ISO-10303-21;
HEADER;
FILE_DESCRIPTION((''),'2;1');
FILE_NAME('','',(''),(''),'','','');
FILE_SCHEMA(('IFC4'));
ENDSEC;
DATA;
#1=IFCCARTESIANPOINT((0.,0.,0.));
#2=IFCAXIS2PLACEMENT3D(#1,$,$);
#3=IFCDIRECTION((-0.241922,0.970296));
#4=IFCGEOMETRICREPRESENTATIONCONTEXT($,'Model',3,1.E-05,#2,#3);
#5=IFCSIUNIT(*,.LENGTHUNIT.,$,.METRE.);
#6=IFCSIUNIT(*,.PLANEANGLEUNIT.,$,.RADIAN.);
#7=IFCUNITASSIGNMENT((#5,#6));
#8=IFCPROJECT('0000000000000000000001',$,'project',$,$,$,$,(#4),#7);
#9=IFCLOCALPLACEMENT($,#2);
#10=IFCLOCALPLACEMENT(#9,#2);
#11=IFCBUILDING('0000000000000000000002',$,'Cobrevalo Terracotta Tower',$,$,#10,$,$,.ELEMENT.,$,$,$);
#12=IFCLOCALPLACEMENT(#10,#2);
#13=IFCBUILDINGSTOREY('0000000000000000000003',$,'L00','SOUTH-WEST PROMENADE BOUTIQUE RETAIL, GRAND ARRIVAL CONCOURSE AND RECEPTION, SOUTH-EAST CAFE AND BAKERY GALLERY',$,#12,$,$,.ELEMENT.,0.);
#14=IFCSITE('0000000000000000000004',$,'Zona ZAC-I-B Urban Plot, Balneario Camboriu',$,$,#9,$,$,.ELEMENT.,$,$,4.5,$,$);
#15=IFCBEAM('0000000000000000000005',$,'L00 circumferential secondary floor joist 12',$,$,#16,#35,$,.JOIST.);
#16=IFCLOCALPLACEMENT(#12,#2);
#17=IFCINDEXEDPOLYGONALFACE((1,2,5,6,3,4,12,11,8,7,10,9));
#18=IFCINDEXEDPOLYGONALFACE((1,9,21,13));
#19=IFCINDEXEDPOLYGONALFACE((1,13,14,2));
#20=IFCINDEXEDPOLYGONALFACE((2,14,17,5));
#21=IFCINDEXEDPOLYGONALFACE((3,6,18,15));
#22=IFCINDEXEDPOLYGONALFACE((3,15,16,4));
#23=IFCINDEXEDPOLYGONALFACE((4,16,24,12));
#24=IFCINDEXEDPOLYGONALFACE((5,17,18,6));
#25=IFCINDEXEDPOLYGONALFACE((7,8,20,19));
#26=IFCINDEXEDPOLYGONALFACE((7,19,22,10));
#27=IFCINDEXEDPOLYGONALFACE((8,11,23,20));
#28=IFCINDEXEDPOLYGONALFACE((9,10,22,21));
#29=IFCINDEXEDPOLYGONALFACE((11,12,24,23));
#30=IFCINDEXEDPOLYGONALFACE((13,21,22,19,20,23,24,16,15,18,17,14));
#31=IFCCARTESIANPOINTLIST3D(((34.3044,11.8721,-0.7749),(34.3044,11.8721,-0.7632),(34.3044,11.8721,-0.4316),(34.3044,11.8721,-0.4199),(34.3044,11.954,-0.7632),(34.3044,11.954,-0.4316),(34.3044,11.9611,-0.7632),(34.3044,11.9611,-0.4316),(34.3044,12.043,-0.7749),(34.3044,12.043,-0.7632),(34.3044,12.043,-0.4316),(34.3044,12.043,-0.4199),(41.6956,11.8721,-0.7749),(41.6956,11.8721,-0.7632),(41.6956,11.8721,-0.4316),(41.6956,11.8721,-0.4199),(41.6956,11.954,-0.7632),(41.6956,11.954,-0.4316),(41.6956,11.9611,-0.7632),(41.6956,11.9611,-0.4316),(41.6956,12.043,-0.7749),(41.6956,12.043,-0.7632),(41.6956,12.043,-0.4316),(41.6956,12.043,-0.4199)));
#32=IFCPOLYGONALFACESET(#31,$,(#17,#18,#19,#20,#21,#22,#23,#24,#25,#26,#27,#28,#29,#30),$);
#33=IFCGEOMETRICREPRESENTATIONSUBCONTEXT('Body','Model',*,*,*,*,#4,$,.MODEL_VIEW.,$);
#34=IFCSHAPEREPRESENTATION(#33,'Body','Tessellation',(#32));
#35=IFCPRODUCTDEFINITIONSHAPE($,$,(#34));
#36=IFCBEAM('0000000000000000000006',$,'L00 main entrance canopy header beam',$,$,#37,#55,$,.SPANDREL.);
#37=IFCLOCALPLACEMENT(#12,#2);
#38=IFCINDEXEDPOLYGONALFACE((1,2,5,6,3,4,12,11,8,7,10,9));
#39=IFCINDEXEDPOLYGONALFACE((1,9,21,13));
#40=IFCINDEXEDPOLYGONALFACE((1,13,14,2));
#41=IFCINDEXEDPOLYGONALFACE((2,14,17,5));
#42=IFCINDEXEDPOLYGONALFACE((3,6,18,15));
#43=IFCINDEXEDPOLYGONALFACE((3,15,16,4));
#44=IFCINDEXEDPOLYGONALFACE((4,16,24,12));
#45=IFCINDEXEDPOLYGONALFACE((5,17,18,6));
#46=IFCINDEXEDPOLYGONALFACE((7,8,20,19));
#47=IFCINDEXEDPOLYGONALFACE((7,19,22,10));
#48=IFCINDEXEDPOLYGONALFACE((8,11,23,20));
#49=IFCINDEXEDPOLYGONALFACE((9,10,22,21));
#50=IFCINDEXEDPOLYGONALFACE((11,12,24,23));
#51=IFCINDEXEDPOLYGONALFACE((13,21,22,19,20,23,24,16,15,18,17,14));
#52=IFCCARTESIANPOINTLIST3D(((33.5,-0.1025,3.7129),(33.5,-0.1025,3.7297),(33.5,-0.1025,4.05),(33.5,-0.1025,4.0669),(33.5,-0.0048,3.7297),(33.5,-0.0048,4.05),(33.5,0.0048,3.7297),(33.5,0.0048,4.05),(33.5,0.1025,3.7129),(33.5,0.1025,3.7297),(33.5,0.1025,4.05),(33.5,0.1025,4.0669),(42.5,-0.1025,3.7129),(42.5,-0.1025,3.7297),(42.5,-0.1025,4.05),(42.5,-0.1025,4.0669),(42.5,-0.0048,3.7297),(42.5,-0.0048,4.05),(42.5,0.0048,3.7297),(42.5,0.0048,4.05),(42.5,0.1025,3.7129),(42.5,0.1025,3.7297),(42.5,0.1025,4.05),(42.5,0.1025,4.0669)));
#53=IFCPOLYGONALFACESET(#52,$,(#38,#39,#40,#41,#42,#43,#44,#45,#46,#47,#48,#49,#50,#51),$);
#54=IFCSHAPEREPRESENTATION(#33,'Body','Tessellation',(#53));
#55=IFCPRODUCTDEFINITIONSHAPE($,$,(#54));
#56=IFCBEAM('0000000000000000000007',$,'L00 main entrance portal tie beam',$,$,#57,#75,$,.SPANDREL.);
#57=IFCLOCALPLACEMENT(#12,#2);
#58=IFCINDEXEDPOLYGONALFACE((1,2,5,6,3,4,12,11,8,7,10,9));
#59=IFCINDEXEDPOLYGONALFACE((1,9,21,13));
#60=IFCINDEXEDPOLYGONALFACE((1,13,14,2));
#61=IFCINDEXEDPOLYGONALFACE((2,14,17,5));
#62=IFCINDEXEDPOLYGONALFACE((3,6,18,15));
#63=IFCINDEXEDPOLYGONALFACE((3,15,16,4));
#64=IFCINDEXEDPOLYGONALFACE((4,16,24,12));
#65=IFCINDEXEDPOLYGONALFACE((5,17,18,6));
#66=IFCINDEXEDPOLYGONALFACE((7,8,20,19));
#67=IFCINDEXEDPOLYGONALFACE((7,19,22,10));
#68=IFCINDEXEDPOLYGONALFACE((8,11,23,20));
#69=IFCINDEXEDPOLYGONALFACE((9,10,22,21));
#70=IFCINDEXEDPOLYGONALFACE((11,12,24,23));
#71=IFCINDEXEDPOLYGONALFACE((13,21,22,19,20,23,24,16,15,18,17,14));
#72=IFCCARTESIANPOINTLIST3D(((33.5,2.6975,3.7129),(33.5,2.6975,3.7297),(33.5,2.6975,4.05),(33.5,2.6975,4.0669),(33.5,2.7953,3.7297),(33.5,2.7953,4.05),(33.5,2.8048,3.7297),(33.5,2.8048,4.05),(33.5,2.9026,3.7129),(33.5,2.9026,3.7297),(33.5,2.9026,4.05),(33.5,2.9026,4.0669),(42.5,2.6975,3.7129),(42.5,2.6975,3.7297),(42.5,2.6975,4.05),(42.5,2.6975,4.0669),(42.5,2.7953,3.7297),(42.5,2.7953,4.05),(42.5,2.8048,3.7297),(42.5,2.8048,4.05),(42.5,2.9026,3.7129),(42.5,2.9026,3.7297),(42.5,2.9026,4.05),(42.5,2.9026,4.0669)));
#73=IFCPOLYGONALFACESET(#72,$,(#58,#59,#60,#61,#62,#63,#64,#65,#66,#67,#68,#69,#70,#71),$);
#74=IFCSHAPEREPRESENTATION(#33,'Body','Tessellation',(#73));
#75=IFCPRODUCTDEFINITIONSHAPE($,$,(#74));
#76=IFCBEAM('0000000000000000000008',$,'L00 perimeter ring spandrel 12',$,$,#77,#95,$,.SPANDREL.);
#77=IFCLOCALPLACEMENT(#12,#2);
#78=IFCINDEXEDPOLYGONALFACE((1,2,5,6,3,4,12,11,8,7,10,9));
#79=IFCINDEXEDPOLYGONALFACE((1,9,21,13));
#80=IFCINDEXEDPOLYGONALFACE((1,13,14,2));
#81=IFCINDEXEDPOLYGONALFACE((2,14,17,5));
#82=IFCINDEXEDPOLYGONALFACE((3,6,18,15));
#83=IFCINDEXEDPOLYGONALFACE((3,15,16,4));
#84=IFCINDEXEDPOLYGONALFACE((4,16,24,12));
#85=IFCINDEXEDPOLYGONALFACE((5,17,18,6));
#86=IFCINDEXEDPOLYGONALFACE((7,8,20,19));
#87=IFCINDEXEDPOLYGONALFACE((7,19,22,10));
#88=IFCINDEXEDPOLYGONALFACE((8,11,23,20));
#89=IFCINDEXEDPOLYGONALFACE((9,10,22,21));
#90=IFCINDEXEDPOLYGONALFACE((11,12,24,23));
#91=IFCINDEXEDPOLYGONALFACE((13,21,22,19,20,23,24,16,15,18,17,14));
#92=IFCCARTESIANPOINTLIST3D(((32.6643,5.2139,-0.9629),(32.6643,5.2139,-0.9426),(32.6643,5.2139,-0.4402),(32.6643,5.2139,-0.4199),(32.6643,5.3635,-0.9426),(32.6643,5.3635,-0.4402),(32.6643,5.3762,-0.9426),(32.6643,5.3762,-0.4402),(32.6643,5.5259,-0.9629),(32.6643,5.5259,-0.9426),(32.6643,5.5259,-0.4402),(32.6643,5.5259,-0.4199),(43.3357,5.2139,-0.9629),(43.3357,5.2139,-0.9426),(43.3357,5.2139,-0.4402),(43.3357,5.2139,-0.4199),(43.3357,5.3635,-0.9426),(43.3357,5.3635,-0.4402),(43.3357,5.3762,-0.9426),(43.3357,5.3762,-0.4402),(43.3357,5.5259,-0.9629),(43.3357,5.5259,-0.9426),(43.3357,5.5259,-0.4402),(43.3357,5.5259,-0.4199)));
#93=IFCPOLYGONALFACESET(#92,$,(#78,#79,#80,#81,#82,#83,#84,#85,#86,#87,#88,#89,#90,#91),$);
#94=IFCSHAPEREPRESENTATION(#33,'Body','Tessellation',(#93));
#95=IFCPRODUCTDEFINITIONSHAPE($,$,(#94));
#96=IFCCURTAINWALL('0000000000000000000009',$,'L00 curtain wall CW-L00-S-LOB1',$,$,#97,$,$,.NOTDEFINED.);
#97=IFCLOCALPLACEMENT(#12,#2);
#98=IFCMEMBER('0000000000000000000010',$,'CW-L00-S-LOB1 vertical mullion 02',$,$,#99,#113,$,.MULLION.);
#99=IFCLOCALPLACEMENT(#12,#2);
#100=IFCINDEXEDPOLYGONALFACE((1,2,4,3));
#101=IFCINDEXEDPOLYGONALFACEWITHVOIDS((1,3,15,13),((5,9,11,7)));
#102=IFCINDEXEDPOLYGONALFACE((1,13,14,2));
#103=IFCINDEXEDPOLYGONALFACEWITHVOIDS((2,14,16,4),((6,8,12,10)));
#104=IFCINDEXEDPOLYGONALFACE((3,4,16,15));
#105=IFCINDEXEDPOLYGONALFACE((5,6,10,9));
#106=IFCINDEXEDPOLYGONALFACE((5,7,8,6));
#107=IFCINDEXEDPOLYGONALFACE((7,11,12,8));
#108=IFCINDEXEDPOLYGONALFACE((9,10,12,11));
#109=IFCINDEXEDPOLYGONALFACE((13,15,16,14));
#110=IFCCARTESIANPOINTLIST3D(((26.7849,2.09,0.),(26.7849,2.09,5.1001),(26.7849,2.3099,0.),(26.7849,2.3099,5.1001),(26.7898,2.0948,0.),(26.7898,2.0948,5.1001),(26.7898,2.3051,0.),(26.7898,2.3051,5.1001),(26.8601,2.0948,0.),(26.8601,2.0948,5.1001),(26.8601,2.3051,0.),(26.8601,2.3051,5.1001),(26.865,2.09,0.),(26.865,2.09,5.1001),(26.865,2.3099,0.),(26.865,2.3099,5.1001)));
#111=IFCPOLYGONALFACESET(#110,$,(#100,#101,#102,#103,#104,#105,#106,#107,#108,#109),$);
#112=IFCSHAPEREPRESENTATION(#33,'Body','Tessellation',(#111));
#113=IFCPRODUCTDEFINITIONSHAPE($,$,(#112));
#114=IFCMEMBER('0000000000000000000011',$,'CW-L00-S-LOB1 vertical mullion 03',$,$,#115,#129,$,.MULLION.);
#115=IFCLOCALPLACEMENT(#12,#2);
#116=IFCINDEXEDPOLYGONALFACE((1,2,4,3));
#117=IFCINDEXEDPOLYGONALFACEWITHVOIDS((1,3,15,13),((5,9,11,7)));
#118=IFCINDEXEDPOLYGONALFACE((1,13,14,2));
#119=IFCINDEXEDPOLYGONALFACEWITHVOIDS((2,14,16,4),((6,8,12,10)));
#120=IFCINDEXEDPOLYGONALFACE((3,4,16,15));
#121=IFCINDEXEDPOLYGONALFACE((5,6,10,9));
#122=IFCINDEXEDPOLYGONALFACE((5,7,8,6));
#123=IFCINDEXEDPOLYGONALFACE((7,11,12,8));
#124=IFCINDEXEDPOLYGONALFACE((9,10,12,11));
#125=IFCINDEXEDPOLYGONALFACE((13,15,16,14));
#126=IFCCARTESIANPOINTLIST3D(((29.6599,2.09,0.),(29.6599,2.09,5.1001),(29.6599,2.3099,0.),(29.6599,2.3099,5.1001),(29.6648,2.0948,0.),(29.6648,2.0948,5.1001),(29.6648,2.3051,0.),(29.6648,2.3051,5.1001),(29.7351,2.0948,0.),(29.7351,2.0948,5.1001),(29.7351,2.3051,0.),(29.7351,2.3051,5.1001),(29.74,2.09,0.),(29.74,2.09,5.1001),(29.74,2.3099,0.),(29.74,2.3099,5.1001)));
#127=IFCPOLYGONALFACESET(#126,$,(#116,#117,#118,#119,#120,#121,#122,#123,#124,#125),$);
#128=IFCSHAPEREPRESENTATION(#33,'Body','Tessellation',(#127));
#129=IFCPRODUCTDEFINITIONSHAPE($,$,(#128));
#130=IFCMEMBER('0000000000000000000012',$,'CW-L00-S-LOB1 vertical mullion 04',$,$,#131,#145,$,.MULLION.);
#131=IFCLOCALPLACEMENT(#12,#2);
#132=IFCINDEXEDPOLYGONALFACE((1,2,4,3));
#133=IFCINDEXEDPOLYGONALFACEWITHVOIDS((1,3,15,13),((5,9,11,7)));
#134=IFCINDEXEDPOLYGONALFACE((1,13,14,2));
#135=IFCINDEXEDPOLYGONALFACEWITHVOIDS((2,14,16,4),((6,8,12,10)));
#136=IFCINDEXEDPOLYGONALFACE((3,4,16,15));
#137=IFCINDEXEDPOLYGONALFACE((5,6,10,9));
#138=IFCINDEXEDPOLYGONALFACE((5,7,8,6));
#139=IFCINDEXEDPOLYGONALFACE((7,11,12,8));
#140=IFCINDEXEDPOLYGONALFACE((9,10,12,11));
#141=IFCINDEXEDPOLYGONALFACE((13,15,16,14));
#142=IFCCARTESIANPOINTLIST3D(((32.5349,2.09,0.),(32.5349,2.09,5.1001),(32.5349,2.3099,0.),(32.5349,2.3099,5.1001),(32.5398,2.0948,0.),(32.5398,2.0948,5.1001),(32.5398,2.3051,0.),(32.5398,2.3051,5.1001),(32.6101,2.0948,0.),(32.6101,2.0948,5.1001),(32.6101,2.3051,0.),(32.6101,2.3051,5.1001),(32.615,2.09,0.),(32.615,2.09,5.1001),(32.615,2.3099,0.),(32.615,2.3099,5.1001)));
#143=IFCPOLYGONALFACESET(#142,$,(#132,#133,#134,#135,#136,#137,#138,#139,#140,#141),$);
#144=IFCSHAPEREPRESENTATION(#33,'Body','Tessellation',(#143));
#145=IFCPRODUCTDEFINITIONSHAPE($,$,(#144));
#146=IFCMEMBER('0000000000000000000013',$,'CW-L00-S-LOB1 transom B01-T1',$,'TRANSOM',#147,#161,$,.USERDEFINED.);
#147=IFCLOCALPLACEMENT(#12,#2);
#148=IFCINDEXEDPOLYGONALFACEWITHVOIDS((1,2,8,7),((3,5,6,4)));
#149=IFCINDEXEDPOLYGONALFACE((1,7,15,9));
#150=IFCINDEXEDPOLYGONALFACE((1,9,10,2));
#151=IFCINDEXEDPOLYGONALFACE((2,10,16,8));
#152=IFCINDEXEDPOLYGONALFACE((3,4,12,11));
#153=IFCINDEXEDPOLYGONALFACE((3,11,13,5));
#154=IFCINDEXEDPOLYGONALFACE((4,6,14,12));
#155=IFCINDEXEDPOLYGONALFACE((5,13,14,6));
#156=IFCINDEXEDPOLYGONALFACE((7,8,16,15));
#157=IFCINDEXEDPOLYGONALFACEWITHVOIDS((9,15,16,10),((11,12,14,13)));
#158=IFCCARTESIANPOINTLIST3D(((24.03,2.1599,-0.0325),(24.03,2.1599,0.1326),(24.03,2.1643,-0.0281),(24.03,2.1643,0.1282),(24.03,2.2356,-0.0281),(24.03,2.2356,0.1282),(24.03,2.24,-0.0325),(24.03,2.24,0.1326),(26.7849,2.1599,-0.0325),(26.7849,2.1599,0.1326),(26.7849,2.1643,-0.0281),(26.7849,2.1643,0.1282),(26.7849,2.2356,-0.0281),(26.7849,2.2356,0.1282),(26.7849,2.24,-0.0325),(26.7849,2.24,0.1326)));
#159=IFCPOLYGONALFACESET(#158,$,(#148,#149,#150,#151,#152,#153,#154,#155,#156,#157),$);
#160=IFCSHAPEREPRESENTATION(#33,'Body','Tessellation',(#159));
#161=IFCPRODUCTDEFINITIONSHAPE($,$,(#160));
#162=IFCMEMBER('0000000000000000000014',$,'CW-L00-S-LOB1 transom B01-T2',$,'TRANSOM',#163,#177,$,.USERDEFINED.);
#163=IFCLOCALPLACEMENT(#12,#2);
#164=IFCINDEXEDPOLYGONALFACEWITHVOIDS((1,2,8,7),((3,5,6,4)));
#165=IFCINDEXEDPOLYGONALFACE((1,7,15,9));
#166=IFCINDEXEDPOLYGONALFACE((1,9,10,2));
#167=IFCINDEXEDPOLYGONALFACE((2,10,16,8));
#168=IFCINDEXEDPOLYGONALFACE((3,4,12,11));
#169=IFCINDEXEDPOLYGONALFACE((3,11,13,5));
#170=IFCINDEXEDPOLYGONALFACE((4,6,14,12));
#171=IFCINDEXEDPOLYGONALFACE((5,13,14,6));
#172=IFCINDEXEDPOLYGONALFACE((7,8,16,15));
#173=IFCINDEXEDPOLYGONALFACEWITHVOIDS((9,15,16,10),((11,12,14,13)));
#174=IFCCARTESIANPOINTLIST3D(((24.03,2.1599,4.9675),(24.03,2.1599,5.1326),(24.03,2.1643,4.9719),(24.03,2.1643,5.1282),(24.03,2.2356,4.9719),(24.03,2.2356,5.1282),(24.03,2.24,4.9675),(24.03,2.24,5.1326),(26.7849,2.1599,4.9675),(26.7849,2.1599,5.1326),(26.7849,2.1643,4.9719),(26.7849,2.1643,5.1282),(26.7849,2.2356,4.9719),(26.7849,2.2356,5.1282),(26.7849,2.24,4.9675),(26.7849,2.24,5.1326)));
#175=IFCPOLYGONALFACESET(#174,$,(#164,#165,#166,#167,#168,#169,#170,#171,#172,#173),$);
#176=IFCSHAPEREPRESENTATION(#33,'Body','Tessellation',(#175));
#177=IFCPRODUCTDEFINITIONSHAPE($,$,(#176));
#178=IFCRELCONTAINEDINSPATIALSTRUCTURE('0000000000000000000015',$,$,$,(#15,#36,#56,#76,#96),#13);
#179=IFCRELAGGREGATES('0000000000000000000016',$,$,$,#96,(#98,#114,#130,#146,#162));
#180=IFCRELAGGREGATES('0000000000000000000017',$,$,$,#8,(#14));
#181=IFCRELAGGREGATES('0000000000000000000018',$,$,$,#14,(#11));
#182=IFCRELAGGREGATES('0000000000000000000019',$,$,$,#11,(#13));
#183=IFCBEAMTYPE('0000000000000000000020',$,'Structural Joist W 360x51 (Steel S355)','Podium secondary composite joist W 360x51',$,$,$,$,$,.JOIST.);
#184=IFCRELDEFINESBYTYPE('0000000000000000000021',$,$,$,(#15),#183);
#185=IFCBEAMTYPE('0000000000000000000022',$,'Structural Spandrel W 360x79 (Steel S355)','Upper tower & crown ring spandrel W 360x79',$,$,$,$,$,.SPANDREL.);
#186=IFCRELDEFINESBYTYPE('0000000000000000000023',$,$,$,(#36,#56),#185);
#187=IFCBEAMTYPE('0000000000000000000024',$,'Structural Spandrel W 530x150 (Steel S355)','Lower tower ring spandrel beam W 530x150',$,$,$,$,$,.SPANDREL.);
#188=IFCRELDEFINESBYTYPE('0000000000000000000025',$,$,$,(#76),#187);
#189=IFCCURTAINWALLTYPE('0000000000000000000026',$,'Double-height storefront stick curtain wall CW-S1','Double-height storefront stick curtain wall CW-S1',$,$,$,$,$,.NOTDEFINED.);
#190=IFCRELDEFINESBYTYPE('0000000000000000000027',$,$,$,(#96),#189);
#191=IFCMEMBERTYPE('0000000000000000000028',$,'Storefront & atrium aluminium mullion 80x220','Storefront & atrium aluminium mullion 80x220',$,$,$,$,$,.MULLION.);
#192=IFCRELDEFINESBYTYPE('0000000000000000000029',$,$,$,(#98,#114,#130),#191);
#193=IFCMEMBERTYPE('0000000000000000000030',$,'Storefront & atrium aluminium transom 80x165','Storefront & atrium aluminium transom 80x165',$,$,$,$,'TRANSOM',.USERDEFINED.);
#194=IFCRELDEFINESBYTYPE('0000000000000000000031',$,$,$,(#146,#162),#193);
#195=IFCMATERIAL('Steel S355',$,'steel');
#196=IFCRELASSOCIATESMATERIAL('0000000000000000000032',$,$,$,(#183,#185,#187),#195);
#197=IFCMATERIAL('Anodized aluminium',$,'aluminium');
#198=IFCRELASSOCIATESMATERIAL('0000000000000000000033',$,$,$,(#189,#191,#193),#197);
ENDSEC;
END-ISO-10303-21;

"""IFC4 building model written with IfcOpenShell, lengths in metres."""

from ifc_helpers import new_model, si_unit, direction, frame, origin, origin_2d, place, context, subcontext, project, spatial, hollow_rectangle, i_section, extrude, source, transform, mapped, material, material_profile, profile_set, type_object, element, aggregate, save


model = new_model("IFC4")

# Units and contexts
model_context = context("Model", 3, precision=1e-05, world=origin(), true_north=direction((-0.241922, 0.970296)))
body_context = subcontext(model_context, "Body", "Model", "MODEL_VIEW")
ifc_project = project(units=[si_unit("LENGTHUNIT", "METRE"), si_unit("PLANEANGLEUNIT", "RADIAN")], contexts=[model_context])

# Site, building, storey
site_placement = place(None, origin())
site = spatial("IfcSite", under=ifc_project, at=site_placement, Name="Zona ZAC-I-B Urban Plot, Balneario Camboriu", CompositionType="ELEMENT", RefElevation=4.5)
building_placement = place(site_placement, origin())
building = spatial("IfcBuilding", under=site, at=building_placement, Name="Cobrevalo Terracotta Tower", CompositionType="ELEMENT")
storey_placement = place(building_placement, origin())
storey = spatial("IfcBuildingStorey", under=building, at=storey_placement, Name="L00", Description="SOUTH-WEST PROMENADE BOUTIQUE RETAIL, GRAND ARRIVAL CONCOURSE AND RECEPTION, SOUTH-EAST CAFE AND BAKERY GALLERY", CompositionType="ELEMENT", Elevation=0.0)

# Shared definitions
ifc_material_1 = material(Name="Steel S355", Category="steel")

# Beams
ifc_material_profile_1 = material_profile(ifc_material_1, i_section(OverallWidth=0.1709, OverallDepth=0.355, WebThickness=0.0071, FlangeThickness=0.0117, at=origin_2d()), Name="W 360x51")
ifc_profile_set_1 = profile_set([ifc_material_profile_1], Name="Steel S355")
beam_type_1 = type_object("IfcBeamType", Name="Structural Joist W 360x51 (Steel S355)", Description="Podium secondary composite joist W 360x51", PredefinedType="JOIST", material=ifc_profile_set_1)
beam_1_placement = place(storey_placement, frame((34.3044, 11.9575, -0.5974), z_axis=(1.0, 0.0, 0.0), x_axis=(0.0, 1.0, 0.0)))
element("IfcBeam", 1, at=beam_1_placement, inside=storey, type_object=beam_type_1, Name="L00 circumferential secondary floor joist 12", PredefinedType="JOIST", context=body_context, shape_type="SweptSolid", body=[
    extrude(i_section(OverallWidth=0.1709, OverallDepth=0.355, WebThickness=0.0071, FlangeThickness=0.0117, at=origin_2d()), origin(), (0.0, 0.0, 1.0), 7.3911),
])
ifc_material_profile_2 = material_profile(ifc_material_1, i_section(OverallWidth=0.2051, OverallDepth=0.354, WebThickness=0.0095, FlangeThickness=0.0168, at=origin_2d()), Name="W 360x79")
ifc_profile_set_2 = profile_set([ifc_material_profile_2], Name="Steel S355")
beam_type_2 = type_object("IfcBeamType", Name="Structural Spandrel W 360x79 (Steel S355)", Description="Upper tower & crown ring spandrel W 360x79", PredefinedType="SPANDREL", material=ifc_profile_set_2)
for number, where, z_axis, x_axis, name in (
    (2, (33.5, 0.0, 3.8899), (1.0, 0.0, 0.0), (0.0, 1.0, 0.0), "L00 main entrance canopy header beam"),
    (3, (33.5, 2.8, 3.8899), (1.0, 0.0, 0.0), (0.0, 1.0, 0.0), "L00 main entrance portal tie beam"),
):
    element("IfcBeam", number, at=place(storey_placement, frame(where, z_axis=z_axis, x_axis=x_axis)), inside=storey, type_object=beam_type_2, Name=name, PredefinedType="SPANDREL", context=body_context, shape_type="SweptSolid", body=[
        extrude(i_section(OverallWidth=0.2051, OverallDepth=0.354, WebThickness=0.0095, FlangeThickness=0.0168, at=origin_2d()), origin(), (0.0, 0.0, 1.0), 9.0),
    ])
ifc_material_profile_3 = material_profile(ifc_material_1, i_section(OverallWidth=0.312, OverallDepth=0.543, WebThickness=0.0127, FlangeThickness=0.0203, at=origin_2d()), Name="W 530x150")
ifc_profile_set_3 = profile_set([ifc_material_profile_3], Name="Steel S355")
beam_type_3 = type_object("IfcBeamType", Name="Structural Spandrel W 530x150 (Steel S355)", Description="Lower tower ring spandrel beam W 530x150", PredefinedType="SPANDREL", material=ifc_profile_set_3)
beam_2_placement = place(storey_placement, frame((32.6643, 5.3699, -0.6914), z_axis=(1.0, 0.0, 0.0), x_axis=(0.0, 1.0, 0.0)))
element("IfcBeam", 4, at=beam_2_placement, inside=storey, type_object=beam_type_3, Name="L00 perimeter ring spandrel 12", PredefinedType="SPANDREL", context=body_context, shape_type="SweptSolid", body=[
    extrude(i_section(OverallWidth=0.312, OverallDepth=0.543, WebThickness=0.0127, FlangeThickness=0.0203, at=origin_2d()), origin(), (0.0, 0.0, 1.0), 10.6714),
])

# Curtain wall, members
ifc_material_2 = material(Name="Anodized aluminium", Category="aluminium")
curtain_wall_type = type_object("IfcCurtainWallType", Name="Double-height storefront stick curtain wall CW-S1", Description="Double-height storefront stick curtain wall CW-S1", PredefinedType="NOTDEFINED", material=ifc_material_2)
curtain_wall_placement = place(storey_placement, origin())
curtain_wall = element("IfcCurtainWall", 5, at=curtain_wall_placement, inside=storey, type_object=curtain_wall_type, Name="L00 curtain wall CW-L00-S-LOB1", PredefinedType="NOTDEFINED")
ifc_material_profile_4 = material_profile(ifc_material_2, hollow_rectangle(XDim=0.0801, YDim=0.22, WallThickness=0.0049, at=origin_2d()), Name="CWM 80x220")
ifc_profile_set_4 = profile_set([ifc_material_profile_4], Name="Anodized aluminium")
member_type_1 = type_object("IfcMemberType", Name="Storefront & atrium aluminium mullion 80x220", Description="Storefront & atrium aluminium mullion 80x220", PredefinedType="MULLION", material=ifc_profile_set_4)
shared_shape_1 = source(origin(), body_context, "Body", "SweptSolid", [
    extrude(hollow_rectangle(XDim=0.0801, YDim=0.22, WallThickness=0.0049, at=origin_2d()), origin(), (0.0, 0.0, 1.0), 5.1001),
])
member_1_placement = place(storey_placement, frame((26.825, 2.2, 0.0), z_axis=(0.0, 0.0, 1.0), x_axis=(1.0, 0.0, 0.0)))
member_1 = element("IfcMember", 6, at=member_1_placement, type_object=member_type_1, Name="CW-L00-S-LOB1 vertical mullion 02", PredefinedType="MULLION", context=body_context, shape_type="MappedRepresentation", body=[
    mapped(shared_shape_1, transform((0.0, 0.0, 0.0), scale=1.0)),
])
member_2_placement = place(storey_placement, frame((29.7, 2.2, 0.0), z_axis=(0.0, 0.0, 1.0), x_axis=(1.0, 0.0, 0.0)))
member_2 = element("IfcMember", 7, at=member_2_placement, type_object=member_type_1, Name="CW-L00-S-LOB1 vertical mullion 03", PredefinedType="MULLION", context=body_context, shape_type="MappedRepresentation", body=[
    mapped(shared_shape_1, transform((0.0, 0.0, 0.0), scale=1.0)),
])
member_3_placement = place(storey_placement, frame((32.575, 2.2, 0.0), z_axis=(0.0, 0.0, 1.0), x_axis=(1.0, 0.0, 0.0)))
member_3 = element("IfcMember", 8, at=member_3_placement, type_object=member_type_1, Name="CW-L00-S-LOB1 vertical mullion 04", PredefinedType="MULLION", context=body_context, shape_type="MappedRepresentation", body=[
    mapped(shared_shape_1, transform((0.0, 0.0, 0.0), scale=1.0)),
])
ifc_material_profile_5 = material_profile(ifc_material_2, hollow_rectangle(XDim=0.0801, YDim=0.165, WallThickness=0.0044, at=origin_2d()), Name="CWT 80x165")
ifc_profile_set_5 = profile_set([ifc_material_profile_5], Name="Anodized aluminium")
member_type_2 = type_object("IfcMemberType", Name="Storefront & atrium aluminium transom 80x165", Description="Storefront & atrium aluminium transom 80x165", ElementType="TRANSOM", PredefinedType="USERDEFINED", material=ifc_profile_set_5)
shared_shape_2 = source(origin(), body_context, "Body", "SweptSolid", [
    extrude(hollow_rectangle(XDim=0.0801, YDim=0.165, WallThickness=0.0044, at=origin_2d()), origin(), (0.0, 0.0, 1.0), 2.7549),
])
member_4_placement = place(storey_placement, frame((24.03, 2.2, 0.05), z_axis=(1.0, 0.0, 0.0), x_axis=(0.0, 1.0, 0.0)))
member_4 = element("IfcMember", 9, at=member_4_placement, type_object=member_type_2, Name="CW-L00-S-LOB1 transom B01-T1", ObjectType="TRANSOM", PredefinedType="USERDEFINED", context=body_context, shape_type="MappedRepresentation", body=[
    mapped(shared_shape_2, transform((0.0, 0.0, 0.0), scale=1.0)),
])
member_5_placement = place(storey_placement, frame((24.03, 2.2, 5.05), z_axis=(1.0, 0.0, 0.0), x_axis=(0.0, 1.0, 0.0)))
member_5 = element("IfcMember", 10, at=member_5_placement, type_object=member_type_2, Name="CW-L00-S-LOB1 transom B01-T2", ObjectType="TRANSOM", PredefinedType="USERDEFINED", context=body_context, shape_type="MappedRepresentation", body=[
    mapped(shared_shape_2, transform((0.0, 0.0, 0.0), scale=1.0)),
])

aggregate(curtain_wall, [member_1, member_2, member_3, member_4, member_5])

save(model, "model.ifc")
